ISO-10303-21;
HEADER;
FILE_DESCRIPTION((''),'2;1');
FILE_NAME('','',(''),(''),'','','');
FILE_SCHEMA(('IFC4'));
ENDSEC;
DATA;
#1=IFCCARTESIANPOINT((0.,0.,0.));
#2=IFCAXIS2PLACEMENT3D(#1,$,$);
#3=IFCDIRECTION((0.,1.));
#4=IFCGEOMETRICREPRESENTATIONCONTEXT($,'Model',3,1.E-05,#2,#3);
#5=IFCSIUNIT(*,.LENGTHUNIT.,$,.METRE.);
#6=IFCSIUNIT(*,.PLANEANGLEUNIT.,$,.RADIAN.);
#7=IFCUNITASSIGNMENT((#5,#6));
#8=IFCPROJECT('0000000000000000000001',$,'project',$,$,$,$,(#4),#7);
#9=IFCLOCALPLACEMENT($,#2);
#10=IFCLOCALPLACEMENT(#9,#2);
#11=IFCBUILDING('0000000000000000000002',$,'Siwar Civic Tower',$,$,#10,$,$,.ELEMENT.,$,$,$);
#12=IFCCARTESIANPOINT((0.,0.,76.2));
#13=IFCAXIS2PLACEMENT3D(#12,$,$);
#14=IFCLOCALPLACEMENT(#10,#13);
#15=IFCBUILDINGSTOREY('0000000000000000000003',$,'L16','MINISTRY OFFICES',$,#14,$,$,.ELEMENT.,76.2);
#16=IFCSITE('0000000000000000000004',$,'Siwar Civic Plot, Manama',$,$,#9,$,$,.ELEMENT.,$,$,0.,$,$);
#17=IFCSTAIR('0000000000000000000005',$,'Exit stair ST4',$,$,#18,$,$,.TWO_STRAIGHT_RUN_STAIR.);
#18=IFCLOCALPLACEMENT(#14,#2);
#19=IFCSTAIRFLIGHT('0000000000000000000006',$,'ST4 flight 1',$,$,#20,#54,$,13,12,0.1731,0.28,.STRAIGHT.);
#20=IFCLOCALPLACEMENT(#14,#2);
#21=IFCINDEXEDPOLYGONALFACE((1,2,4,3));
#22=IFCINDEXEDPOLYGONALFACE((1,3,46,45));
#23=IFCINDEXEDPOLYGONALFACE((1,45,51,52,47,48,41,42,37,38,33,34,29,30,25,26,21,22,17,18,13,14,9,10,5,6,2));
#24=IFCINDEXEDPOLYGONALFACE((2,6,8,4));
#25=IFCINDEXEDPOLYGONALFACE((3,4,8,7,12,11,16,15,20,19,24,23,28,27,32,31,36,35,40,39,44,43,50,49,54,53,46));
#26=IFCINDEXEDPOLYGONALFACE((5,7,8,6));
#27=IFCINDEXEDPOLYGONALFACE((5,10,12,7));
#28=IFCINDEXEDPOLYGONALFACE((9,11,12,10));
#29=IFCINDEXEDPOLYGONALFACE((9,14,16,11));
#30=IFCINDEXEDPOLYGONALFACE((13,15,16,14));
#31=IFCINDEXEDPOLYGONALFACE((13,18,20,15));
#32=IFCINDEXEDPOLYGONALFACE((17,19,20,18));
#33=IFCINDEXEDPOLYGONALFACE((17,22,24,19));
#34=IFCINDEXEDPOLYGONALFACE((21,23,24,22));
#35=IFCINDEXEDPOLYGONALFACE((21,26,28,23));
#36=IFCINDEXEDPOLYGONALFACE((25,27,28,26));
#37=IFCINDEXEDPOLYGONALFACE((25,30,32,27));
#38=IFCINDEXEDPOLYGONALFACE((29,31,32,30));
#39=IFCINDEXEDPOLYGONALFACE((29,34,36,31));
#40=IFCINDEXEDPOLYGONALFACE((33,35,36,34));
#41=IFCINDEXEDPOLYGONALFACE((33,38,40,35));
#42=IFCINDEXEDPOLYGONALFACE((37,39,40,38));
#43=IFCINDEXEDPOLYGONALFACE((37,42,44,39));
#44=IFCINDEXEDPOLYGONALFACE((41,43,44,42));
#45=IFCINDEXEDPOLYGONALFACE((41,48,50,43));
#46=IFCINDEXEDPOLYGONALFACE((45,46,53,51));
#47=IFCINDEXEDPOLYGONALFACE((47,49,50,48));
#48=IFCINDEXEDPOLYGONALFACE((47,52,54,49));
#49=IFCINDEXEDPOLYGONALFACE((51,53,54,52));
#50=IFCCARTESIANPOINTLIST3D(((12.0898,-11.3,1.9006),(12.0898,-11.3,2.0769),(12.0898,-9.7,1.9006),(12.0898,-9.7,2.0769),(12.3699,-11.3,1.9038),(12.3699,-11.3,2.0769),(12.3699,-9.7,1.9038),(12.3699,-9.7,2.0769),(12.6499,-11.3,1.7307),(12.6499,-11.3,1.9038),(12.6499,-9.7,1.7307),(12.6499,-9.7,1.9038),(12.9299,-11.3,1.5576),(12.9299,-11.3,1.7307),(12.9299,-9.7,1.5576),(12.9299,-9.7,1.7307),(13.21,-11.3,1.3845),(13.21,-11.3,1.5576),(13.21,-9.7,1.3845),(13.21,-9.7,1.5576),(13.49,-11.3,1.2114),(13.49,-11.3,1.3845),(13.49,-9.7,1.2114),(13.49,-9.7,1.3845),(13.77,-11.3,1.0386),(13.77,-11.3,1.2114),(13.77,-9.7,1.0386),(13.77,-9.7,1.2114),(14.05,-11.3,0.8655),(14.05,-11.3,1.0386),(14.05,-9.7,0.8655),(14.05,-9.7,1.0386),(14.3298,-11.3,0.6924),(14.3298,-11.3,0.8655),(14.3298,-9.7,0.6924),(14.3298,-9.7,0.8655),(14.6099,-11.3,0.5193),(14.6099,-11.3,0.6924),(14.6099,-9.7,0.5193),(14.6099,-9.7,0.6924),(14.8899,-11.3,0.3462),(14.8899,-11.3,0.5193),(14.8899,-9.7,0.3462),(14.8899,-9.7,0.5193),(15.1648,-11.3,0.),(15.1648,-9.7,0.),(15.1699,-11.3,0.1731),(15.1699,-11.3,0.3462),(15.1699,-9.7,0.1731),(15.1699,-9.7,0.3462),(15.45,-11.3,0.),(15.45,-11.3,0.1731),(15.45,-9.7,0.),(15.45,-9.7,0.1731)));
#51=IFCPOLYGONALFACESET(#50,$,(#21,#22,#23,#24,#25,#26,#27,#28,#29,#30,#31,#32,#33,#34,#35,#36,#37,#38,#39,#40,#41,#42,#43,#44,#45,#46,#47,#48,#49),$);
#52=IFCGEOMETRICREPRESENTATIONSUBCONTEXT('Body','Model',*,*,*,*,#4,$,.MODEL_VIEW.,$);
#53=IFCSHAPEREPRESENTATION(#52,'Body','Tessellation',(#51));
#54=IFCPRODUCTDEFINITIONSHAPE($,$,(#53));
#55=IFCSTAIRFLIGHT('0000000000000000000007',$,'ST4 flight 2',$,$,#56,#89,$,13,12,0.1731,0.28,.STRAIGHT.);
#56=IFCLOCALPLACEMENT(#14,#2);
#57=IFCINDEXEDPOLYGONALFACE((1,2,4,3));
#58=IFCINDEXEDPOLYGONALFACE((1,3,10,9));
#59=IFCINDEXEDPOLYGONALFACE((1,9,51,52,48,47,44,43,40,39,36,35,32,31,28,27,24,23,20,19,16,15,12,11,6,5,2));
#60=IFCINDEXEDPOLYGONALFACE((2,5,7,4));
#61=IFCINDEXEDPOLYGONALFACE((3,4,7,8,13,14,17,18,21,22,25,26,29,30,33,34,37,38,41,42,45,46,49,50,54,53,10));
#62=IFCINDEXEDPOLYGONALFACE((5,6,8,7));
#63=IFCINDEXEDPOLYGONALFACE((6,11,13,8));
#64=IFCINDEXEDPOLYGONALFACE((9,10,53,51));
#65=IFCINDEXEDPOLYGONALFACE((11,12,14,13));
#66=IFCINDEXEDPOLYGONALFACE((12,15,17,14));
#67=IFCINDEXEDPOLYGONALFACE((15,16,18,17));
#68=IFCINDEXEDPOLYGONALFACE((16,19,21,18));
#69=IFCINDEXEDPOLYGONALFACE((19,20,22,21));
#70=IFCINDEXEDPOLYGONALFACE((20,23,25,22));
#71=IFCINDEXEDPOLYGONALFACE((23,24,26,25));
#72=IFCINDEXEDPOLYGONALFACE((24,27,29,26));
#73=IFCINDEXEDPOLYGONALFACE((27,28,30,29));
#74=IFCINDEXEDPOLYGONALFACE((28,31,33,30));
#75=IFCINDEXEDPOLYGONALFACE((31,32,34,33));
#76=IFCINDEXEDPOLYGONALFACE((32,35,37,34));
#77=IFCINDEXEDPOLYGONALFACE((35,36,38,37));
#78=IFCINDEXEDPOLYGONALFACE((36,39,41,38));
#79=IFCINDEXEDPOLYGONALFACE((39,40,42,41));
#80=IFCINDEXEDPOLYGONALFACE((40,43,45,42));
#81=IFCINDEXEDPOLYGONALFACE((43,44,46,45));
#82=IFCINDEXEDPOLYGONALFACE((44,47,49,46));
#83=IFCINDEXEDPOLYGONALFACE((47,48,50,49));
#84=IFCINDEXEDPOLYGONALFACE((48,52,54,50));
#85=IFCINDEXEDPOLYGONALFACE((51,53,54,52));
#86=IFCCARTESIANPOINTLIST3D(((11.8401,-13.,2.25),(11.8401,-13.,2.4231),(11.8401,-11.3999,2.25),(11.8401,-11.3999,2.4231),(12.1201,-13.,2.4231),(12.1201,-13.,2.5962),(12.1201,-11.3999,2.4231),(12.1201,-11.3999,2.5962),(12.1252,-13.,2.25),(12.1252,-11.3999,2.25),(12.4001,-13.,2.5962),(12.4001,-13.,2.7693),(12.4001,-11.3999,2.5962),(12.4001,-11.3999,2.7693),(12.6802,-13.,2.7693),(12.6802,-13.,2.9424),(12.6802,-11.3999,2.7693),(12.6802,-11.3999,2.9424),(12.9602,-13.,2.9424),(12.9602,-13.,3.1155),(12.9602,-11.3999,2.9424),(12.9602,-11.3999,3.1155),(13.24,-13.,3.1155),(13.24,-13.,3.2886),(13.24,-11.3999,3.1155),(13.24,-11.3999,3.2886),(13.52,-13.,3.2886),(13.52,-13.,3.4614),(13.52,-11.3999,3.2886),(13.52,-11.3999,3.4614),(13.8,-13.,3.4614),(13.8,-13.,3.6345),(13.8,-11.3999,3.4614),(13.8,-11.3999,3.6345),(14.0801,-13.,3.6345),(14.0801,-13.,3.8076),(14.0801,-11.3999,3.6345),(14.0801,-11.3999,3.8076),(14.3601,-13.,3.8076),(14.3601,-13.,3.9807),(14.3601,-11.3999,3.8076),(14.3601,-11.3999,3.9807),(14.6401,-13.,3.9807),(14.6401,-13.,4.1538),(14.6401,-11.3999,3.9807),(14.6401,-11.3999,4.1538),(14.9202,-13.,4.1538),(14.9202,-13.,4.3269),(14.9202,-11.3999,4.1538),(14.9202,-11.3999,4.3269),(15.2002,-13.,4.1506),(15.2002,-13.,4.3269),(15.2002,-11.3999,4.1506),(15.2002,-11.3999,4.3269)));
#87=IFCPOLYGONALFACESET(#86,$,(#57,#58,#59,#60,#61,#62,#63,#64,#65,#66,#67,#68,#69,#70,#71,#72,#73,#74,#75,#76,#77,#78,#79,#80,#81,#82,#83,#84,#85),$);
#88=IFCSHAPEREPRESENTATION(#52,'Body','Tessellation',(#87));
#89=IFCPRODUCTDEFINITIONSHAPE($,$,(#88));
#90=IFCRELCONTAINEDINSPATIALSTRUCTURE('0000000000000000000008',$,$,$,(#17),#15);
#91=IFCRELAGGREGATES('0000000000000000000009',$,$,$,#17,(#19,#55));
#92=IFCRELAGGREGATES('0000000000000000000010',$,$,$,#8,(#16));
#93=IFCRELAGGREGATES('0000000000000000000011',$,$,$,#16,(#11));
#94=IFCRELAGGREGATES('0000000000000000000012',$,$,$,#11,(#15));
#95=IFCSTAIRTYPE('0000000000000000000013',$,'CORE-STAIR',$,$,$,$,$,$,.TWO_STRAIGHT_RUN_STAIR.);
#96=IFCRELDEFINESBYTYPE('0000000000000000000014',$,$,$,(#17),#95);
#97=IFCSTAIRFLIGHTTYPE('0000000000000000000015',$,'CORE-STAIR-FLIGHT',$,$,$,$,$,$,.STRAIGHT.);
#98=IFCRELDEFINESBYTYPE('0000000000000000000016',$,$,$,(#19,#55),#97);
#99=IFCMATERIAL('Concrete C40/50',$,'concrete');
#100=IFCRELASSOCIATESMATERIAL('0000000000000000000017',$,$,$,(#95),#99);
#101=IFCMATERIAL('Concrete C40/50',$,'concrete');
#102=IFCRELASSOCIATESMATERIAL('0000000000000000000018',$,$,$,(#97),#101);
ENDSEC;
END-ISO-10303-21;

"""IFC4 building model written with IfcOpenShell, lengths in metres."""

from ifc_helpers import new_model, si_unit, direction, frame, origin, place, context, subcontext, project, spatial, polyline, outline, extrude, material, type_object, element, aggregate, save


model = new_model("IFC4")

# Units and contexts
model_context = context("Model", 3, precision=1e-05, world=origin(), true_north=direction((0.0, 1.0)))
body_context = subcontext(model_context, "Body", "Model", "MODEL_VIEW")
ifc_project = project(units=[si_unit("LENGTHUNIT", "METRE"), si_unit("PLANEANGLEUNIT", "RADIAN")], contexts=[model_context])

# Site, building, storey
site_placement = place(None, origin())
site = spatial("IfcSite", under=ifc_project, at=site_placement, Name="Siwar Civic Plot, Manama", CompositionType="ELEMENT", RefElevation=0.0)
building_placement = place(site_placement, origin())
building = spatial("IfcBuilding", under=site, at=building_placement, Name="Siwar Civic Tower", CompositionType="ELEMENT")
storey_placement = place(building_placement, frame((0.0, 0.0, 76.2)))
storey = spatial("IfcBuildingStorey", under=building, at=storey_placement, Name="L16", Description="MINISTRY OFFICES", CompositionType="ELEMENT", Elevation=76.2)

# Stair, stair flights
ifc_material_1 = material(Name="Concrete C40/50", Category="concrete")
stair_type = type_object("IfcStairType", Name="CORE-STAIR", PredefinedType="TWO_STRAIGHT_RUN_STAIR", material=ifc_material_1)
stair_placement = place(storey_placement, origin())
stair = element("IfcStair", 1, at=stair_placement, inside=storey, type_object=stair_type, Name="Exit stair ST4", PredefinedType="TWO_STRAIGHT_RUN_STAIR")
ifc_material_2 = material(Name="Concrete C40/50", Category="concrete")
stair_flight_type = type_object("IfcStairFlightType", Name="CORE-STAIR-FLIGHT", PredefinedType="STRAIGHT", material=ifc_material_2)
stair_flight_1_placement = place(storey_placement, frame((15.45, -10.5, 0.0), z_axis=(0.0, 0.0, 1.0), x_axis=(-1.0, 0.0, 0.0)))
stair_flight_1 = element("IfcStairFlight", 2, at=stair_flight_1_placement, type_object=stair_flight_type, Name="ST4 flight 1", NumberOfRisers=13, NumberOfTreads=12, PredefinedType="STRAIGHT", RiserHeight=0.1731, TreadLength=0.28, context=body_context, shape_type="SweptSolid", body=[
    extrude(outline(polyline([(0.0, 0.0), (0.0, 0.1731), (0.28, 0.1731), (0.28, 0.3462), (0.5601, 0.3462), (0.5601, 0.5193), (0.8401, 0.5193), (0.8401, 0.6924), (1.1201, 0.6924), (1.1201, 0.8655), (1.3999, 0.8655), (1.3999, 1.0386), (1.6799, 1.0386), (1.6799, 1.2114), (1.96, 1.2114), (1.96, 1.3845), (2.24, 1.3845), (2.24, 1.5576), (2.52, 1.5576), (2.52, 1.7307), (2.8, 1.7307), (2.8, 1.9038), (3.0801, 1.9038), (3.0801, 2.0769), (3.3601, 2.0769), (3.3601, 2.25), (3.3601, 1.9006), (0.2852, 0.0), (0.0, 0.0)])), frame((0.0, 0.8, 0.0), z_axis=(0.0, -1.0, 0.0), x_axis=(1.0, 0.0, 0.0)), (0.0, 0.0, 1.0), 1.6001),
])
stair_flight_2_placement = place(storey_placement, frame((11.8401, -12.2, 2.25), z_axis=(0.0, 0.0, 1.0), x_axis=(1.0, 0.0, 0.0)))
stair_flight_2 = element("IfcStairFlight", 3, at=stair_flight_2_placement, type_object=stair_flight_type, Name="ST4 flight 2", NumberOfRisers=13, NumberOfTreads=12, PredefinedType="STRAIGHT", RiserHeight=0.1731, TreadLength=0.28, context=body_context, shape_type="SweptSolid", body=[
    extrude(outline(polyline([(0.0, 0.0), (0.0, 0.1731), (0.28, 0.1731), (0.28, 0.3462), (0.5601, 0.3462), (0.5601, 0.5193), (0.8401, 0.5193), (0.8401, 0.6924), (1.1201, 0.6924), (1.1201, 0.8655), (1.3999, 0.8655), (1.3999, 1.0386), (1.6799, 1.0386), (1.6799, 1.2114), (1.96, 1.2114), (1.96, 1.3845), (2.24, 1.3845), (2.24, 1.5576), (2.52, 1.5576), (2.52, 1.7307), (2.8, 1.7307), (2.8, 1.9038), (3.0801, 1.9038), (3.0801, 2.0769), (3.3601, 2.0769), (3.3601, 2.25), (3.3601, 1.9006), (0.2852, 0.0), (0.0, 0.0)])), frame((0.0, 0.8, 0.0), z_axis=(0.0, -1.0, 0.0), x_axis=(1.0, 0.0, 0.0)), (0.0, 0.0, 1.0), 1.6001),
])
aggregate(stair, [stair_flight_1, stair_flight_2])

save(model, "model.ifc")
